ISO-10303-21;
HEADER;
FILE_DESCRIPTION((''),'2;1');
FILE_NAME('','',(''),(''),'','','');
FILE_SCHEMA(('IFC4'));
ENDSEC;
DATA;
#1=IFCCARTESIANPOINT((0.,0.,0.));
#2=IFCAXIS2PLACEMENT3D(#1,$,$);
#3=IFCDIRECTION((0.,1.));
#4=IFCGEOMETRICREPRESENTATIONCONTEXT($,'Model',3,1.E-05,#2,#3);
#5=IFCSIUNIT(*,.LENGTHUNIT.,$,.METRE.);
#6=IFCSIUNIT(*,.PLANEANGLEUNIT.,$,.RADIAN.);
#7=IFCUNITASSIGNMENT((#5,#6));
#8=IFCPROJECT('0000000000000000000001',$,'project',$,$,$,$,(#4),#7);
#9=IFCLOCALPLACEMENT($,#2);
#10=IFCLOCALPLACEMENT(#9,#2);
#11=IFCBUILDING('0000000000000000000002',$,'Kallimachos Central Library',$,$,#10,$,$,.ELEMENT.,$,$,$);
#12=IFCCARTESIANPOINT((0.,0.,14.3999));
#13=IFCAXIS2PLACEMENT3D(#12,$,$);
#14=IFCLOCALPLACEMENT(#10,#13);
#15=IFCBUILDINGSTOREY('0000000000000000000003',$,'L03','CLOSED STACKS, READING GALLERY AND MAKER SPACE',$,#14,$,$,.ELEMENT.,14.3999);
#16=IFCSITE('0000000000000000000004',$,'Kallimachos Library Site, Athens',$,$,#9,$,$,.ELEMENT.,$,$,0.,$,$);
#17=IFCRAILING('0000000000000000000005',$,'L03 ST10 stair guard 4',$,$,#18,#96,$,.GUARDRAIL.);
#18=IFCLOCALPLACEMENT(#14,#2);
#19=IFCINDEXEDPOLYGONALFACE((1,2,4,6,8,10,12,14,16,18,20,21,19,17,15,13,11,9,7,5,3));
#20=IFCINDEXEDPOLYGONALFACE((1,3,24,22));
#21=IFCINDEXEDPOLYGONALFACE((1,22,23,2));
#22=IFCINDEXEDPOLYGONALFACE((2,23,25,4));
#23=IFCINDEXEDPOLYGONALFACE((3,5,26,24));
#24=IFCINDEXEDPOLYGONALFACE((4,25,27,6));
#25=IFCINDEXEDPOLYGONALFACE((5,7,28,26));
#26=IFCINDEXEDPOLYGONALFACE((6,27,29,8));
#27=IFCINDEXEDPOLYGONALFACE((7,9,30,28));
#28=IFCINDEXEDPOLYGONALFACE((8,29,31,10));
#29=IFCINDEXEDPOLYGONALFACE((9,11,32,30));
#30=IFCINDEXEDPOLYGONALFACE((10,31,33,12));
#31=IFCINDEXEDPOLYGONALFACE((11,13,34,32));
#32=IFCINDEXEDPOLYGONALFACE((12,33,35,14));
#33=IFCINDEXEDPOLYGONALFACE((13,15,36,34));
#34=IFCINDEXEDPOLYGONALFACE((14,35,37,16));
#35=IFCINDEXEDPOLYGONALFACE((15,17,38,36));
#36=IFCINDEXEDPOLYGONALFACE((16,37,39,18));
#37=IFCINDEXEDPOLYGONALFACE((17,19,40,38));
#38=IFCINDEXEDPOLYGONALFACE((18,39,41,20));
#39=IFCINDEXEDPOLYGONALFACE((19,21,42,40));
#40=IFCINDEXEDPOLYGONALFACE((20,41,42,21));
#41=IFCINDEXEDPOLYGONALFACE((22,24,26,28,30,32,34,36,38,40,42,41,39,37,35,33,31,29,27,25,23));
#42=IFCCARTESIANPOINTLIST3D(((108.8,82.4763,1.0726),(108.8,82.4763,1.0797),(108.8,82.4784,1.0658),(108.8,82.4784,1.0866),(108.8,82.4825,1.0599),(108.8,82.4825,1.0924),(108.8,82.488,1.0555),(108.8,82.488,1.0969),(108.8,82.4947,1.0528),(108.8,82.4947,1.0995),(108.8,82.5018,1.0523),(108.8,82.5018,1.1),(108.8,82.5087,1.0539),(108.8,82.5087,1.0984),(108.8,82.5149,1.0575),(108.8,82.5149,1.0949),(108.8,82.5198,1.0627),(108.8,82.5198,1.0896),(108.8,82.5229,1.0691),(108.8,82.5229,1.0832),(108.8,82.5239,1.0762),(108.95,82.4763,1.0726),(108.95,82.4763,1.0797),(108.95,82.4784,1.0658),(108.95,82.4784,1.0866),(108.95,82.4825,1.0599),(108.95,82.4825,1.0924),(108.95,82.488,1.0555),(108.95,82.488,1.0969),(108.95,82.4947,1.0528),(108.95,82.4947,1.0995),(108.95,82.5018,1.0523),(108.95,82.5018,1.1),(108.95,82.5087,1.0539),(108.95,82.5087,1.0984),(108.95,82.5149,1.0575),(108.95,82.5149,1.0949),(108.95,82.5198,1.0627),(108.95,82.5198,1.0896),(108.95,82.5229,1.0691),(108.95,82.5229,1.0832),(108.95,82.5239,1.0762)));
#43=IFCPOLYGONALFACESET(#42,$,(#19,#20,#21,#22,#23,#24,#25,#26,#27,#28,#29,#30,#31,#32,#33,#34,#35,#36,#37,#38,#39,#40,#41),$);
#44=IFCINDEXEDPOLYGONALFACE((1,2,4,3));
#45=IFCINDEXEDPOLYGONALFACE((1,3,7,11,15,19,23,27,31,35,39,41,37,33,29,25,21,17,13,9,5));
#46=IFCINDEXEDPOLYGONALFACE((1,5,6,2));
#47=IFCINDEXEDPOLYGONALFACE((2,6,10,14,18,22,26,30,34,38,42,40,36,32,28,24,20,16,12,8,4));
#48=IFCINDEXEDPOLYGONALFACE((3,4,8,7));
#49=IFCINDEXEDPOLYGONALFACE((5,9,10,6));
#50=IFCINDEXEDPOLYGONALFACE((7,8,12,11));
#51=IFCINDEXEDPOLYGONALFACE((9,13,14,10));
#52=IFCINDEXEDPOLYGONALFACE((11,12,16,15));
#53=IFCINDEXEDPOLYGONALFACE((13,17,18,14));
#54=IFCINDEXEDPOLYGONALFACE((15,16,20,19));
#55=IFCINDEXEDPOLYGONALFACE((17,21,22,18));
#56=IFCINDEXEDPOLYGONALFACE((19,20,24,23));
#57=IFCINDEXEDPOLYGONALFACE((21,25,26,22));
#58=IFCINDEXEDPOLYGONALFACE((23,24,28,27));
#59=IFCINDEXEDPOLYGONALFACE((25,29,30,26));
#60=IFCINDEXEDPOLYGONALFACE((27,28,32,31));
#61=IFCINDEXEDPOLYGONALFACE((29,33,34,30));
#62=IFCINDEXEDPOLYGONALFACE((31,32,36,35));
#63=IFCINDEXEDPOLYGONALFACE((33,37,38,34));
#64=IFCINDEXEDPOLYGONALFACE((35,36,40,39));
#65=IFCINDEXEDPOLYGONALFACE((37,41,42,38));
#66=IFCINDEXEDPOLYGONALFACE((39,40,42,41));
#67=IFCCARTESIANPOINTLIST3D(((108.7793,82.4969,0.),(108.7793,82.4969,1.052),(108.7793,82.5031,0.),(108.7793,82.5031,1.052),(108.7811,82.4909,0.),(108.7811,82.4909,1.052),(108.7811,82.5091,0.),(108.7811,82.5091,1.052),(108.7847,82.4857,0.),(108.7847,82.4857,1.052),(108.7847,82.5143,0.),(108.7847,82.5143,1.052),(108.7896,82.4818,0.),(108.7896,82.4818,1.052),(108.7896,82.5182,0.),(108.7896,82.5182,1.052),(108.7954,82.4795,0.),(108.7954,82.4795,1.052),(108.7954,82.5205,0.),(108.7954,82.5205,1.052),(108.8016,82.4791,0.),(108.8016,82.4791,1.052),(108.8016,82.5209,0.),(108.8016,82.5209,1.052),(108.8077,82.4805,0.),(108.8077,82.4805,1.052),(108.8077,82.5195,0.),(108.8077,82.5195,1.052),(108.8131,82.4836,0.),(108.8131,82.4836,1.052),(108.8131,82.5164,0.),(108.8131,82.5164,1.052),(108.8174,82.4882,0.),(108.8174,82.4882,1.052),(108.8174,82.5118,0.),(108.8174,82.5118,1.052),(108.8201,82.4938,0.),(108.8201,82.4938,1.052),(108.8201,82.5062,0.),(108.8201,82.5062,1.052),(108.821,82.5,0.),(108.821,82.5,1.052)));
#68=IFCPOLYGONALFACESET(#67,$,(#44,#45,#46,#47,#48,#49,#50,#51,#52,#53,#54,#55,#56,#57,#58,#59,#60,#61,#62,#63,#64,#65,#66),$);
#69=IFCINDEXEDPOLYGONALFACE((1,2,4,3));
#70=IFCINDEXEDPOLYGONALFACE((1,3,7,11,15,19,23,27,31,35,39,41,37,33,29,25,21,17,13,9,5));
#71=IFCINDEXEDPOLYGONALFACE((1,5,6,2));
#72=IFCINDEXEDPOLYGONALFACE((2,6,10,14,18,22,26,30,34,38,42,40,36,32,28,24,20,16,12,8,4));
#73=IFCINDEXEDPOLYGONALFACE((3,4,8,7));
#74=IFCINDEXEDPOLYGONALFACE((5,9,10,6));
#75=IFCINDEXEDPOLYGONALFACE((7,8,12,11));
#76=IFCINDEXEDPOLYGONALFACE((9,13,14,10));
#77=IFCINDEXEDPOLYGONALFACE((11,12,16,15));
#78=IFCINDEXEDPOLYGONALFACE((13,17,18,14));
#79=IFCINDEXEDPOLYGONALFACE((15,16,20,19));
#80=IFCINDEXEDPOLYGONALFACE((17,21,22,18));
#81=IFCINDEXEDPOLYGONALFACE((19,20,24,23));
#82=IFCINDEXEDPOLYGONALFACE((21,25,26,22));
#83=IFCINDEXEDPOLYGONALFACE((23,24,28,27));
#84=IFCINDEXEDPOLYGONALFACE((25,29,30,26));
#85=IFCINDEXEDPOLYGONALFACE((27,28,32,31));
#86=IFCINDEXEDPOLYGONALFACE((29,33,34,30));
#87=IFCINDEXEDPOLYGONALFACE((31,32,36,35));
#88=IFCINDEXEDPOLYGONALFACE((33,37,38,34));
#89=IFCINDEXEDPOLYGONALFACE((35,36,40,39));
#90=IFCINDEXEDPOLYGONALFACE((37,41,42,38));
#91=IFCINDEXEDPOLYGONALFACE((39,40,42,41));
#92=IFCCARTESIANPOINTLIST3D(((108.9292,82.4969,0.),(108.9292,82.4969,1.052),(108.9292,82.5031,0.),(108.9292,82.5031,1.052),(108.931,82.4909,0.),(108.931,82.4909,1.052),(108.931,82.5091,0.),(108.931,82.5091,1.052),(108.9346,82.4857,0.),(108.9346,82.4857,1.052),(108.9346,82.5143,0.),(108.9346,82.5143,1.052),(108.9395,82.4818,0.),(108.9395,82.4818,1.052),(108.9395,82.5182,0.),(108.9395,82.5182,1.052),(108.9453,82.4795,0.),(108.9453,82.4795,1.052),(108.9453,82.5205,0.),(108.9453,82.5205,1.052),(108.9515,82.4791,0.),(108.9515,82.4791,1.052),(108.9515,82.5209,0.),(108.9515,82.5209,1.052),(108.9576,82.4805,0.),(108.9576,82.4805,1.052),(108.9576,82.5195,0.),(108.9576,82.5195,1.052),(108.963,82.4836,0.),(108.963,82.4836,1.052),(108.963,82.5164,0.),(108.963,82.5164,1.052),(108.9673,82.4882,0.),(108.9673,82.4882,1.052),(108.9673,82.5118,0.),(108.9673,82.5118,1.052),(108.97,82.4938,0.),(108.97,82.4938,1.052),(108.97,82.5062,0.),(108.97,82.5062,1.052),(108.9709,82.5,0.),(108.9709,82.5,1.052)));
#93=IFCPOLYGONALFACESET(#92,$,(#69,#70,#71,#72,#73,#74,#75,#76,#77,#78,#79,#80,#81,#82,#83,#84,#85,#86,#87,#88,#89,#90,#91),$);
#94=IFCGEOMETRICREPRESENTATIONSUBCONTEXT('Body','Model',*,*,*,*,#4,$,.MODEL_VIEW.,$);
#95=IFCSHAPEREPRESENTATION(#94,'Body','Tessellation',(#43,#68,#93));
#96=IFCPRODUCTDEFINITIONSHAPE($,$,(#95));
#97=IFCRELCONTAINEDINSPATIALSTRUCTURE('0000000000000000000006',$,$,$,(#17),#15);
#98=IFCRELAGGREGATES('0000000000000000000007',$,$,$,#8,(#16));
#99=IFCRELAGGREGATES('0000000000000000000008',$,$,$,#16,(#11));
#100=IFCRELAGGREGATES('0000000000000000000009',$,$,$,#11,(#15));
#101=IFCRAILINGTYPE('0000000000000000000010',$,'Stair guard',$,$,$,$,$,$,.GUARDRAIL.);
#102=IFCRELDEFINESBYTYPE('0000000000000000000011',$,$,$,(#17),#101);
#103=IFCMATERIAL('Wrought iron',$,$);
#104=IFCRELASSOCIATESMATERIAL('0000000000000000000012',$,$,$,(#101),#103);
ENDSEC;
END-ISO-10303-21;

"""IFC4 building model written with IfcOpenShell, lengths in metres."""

from ifc_helpers import new_model, si_unit, direction, frame, origin, origin_2d, place, context, subcontext, project, spatial, circle, extrude, material, type_object, element, save


model = new_model("IFC4")

# Units and contexts
model_context = context("Model", 3, precision=1e-05, world=origin(), true_north=direction((0.0, 1.0)))
body_context = subcontext(model_context, "Body", "Model", "MODEL_VIEW")
ifc_project = project(units=[si_unit("LENGTHUNIT", "METRE"), si_unit("PLANEANGLEUNIT", "RADIAN")], contexts=[model_context])

# Site, building, storey
site_placement = place(None, origin())
site = spatial("IfcSite", under=ifc_project, at=site_placement, Name="Kallimachos Library Site, Athens", CompositionType="ELEMENT", RefElevation=0.0)
building_placement = place(site_placement, origin())
building = spatial("IfcBuilding", under=site, at=building_placement, Name="Kallimachos Central Library", CompositionType="ELEMENT")
storey_placement = place(building_placement, frame((0.0, 0.0, 14.3999)))
storey = spatial("IfcBuildingStorey", under=building, at=storey_placement, Name="L03", Description="CLOSED STACKS, READING GALLERY AND MAKER SPACE", CompositionType="ELEMENT", Elevation=14.3999)

# Railing
ifc_material_1 = material(Name="Wrought iron")
railing_type_1 = type_object("IfcRailingType", Name="Stair guard", PredefinedType="GUARDRAIL", material=ifc_material_1)
railing_1_placement = place(storey_placement, frame((108.8, 82.5, 0.0)))
element("IfcRailing", 1, at=railing_1_placement, inside=storey, type_object=railing_type_1, Name="L03 ST10 stair guard 4", PredefinedType="GUARDRAIL", context=body_context, shape_type="SweptSolid", body=[
    extrude(circle(Radius=0.0239, at=origin_2d()), frame((0.0, 0.0, 1.0762), z_axis=(1.0, 0.0, 0.0), x_axis=(0.0, 1.0, 0.0)), (0.0, 0.0, 1.0), 0.1499),
    extrude(circle(Radius=0.021, at=origin_2d()), origin(), (0.0, 0.0, 1.0), 1.052),
    extrude(circle(Radius=0.021, at=origin_2d()), frame((0.1499, 0.0, 0.0)), (0.0, 0.0, 1.0), 1.052),
])

save(model, "model.ifc")
